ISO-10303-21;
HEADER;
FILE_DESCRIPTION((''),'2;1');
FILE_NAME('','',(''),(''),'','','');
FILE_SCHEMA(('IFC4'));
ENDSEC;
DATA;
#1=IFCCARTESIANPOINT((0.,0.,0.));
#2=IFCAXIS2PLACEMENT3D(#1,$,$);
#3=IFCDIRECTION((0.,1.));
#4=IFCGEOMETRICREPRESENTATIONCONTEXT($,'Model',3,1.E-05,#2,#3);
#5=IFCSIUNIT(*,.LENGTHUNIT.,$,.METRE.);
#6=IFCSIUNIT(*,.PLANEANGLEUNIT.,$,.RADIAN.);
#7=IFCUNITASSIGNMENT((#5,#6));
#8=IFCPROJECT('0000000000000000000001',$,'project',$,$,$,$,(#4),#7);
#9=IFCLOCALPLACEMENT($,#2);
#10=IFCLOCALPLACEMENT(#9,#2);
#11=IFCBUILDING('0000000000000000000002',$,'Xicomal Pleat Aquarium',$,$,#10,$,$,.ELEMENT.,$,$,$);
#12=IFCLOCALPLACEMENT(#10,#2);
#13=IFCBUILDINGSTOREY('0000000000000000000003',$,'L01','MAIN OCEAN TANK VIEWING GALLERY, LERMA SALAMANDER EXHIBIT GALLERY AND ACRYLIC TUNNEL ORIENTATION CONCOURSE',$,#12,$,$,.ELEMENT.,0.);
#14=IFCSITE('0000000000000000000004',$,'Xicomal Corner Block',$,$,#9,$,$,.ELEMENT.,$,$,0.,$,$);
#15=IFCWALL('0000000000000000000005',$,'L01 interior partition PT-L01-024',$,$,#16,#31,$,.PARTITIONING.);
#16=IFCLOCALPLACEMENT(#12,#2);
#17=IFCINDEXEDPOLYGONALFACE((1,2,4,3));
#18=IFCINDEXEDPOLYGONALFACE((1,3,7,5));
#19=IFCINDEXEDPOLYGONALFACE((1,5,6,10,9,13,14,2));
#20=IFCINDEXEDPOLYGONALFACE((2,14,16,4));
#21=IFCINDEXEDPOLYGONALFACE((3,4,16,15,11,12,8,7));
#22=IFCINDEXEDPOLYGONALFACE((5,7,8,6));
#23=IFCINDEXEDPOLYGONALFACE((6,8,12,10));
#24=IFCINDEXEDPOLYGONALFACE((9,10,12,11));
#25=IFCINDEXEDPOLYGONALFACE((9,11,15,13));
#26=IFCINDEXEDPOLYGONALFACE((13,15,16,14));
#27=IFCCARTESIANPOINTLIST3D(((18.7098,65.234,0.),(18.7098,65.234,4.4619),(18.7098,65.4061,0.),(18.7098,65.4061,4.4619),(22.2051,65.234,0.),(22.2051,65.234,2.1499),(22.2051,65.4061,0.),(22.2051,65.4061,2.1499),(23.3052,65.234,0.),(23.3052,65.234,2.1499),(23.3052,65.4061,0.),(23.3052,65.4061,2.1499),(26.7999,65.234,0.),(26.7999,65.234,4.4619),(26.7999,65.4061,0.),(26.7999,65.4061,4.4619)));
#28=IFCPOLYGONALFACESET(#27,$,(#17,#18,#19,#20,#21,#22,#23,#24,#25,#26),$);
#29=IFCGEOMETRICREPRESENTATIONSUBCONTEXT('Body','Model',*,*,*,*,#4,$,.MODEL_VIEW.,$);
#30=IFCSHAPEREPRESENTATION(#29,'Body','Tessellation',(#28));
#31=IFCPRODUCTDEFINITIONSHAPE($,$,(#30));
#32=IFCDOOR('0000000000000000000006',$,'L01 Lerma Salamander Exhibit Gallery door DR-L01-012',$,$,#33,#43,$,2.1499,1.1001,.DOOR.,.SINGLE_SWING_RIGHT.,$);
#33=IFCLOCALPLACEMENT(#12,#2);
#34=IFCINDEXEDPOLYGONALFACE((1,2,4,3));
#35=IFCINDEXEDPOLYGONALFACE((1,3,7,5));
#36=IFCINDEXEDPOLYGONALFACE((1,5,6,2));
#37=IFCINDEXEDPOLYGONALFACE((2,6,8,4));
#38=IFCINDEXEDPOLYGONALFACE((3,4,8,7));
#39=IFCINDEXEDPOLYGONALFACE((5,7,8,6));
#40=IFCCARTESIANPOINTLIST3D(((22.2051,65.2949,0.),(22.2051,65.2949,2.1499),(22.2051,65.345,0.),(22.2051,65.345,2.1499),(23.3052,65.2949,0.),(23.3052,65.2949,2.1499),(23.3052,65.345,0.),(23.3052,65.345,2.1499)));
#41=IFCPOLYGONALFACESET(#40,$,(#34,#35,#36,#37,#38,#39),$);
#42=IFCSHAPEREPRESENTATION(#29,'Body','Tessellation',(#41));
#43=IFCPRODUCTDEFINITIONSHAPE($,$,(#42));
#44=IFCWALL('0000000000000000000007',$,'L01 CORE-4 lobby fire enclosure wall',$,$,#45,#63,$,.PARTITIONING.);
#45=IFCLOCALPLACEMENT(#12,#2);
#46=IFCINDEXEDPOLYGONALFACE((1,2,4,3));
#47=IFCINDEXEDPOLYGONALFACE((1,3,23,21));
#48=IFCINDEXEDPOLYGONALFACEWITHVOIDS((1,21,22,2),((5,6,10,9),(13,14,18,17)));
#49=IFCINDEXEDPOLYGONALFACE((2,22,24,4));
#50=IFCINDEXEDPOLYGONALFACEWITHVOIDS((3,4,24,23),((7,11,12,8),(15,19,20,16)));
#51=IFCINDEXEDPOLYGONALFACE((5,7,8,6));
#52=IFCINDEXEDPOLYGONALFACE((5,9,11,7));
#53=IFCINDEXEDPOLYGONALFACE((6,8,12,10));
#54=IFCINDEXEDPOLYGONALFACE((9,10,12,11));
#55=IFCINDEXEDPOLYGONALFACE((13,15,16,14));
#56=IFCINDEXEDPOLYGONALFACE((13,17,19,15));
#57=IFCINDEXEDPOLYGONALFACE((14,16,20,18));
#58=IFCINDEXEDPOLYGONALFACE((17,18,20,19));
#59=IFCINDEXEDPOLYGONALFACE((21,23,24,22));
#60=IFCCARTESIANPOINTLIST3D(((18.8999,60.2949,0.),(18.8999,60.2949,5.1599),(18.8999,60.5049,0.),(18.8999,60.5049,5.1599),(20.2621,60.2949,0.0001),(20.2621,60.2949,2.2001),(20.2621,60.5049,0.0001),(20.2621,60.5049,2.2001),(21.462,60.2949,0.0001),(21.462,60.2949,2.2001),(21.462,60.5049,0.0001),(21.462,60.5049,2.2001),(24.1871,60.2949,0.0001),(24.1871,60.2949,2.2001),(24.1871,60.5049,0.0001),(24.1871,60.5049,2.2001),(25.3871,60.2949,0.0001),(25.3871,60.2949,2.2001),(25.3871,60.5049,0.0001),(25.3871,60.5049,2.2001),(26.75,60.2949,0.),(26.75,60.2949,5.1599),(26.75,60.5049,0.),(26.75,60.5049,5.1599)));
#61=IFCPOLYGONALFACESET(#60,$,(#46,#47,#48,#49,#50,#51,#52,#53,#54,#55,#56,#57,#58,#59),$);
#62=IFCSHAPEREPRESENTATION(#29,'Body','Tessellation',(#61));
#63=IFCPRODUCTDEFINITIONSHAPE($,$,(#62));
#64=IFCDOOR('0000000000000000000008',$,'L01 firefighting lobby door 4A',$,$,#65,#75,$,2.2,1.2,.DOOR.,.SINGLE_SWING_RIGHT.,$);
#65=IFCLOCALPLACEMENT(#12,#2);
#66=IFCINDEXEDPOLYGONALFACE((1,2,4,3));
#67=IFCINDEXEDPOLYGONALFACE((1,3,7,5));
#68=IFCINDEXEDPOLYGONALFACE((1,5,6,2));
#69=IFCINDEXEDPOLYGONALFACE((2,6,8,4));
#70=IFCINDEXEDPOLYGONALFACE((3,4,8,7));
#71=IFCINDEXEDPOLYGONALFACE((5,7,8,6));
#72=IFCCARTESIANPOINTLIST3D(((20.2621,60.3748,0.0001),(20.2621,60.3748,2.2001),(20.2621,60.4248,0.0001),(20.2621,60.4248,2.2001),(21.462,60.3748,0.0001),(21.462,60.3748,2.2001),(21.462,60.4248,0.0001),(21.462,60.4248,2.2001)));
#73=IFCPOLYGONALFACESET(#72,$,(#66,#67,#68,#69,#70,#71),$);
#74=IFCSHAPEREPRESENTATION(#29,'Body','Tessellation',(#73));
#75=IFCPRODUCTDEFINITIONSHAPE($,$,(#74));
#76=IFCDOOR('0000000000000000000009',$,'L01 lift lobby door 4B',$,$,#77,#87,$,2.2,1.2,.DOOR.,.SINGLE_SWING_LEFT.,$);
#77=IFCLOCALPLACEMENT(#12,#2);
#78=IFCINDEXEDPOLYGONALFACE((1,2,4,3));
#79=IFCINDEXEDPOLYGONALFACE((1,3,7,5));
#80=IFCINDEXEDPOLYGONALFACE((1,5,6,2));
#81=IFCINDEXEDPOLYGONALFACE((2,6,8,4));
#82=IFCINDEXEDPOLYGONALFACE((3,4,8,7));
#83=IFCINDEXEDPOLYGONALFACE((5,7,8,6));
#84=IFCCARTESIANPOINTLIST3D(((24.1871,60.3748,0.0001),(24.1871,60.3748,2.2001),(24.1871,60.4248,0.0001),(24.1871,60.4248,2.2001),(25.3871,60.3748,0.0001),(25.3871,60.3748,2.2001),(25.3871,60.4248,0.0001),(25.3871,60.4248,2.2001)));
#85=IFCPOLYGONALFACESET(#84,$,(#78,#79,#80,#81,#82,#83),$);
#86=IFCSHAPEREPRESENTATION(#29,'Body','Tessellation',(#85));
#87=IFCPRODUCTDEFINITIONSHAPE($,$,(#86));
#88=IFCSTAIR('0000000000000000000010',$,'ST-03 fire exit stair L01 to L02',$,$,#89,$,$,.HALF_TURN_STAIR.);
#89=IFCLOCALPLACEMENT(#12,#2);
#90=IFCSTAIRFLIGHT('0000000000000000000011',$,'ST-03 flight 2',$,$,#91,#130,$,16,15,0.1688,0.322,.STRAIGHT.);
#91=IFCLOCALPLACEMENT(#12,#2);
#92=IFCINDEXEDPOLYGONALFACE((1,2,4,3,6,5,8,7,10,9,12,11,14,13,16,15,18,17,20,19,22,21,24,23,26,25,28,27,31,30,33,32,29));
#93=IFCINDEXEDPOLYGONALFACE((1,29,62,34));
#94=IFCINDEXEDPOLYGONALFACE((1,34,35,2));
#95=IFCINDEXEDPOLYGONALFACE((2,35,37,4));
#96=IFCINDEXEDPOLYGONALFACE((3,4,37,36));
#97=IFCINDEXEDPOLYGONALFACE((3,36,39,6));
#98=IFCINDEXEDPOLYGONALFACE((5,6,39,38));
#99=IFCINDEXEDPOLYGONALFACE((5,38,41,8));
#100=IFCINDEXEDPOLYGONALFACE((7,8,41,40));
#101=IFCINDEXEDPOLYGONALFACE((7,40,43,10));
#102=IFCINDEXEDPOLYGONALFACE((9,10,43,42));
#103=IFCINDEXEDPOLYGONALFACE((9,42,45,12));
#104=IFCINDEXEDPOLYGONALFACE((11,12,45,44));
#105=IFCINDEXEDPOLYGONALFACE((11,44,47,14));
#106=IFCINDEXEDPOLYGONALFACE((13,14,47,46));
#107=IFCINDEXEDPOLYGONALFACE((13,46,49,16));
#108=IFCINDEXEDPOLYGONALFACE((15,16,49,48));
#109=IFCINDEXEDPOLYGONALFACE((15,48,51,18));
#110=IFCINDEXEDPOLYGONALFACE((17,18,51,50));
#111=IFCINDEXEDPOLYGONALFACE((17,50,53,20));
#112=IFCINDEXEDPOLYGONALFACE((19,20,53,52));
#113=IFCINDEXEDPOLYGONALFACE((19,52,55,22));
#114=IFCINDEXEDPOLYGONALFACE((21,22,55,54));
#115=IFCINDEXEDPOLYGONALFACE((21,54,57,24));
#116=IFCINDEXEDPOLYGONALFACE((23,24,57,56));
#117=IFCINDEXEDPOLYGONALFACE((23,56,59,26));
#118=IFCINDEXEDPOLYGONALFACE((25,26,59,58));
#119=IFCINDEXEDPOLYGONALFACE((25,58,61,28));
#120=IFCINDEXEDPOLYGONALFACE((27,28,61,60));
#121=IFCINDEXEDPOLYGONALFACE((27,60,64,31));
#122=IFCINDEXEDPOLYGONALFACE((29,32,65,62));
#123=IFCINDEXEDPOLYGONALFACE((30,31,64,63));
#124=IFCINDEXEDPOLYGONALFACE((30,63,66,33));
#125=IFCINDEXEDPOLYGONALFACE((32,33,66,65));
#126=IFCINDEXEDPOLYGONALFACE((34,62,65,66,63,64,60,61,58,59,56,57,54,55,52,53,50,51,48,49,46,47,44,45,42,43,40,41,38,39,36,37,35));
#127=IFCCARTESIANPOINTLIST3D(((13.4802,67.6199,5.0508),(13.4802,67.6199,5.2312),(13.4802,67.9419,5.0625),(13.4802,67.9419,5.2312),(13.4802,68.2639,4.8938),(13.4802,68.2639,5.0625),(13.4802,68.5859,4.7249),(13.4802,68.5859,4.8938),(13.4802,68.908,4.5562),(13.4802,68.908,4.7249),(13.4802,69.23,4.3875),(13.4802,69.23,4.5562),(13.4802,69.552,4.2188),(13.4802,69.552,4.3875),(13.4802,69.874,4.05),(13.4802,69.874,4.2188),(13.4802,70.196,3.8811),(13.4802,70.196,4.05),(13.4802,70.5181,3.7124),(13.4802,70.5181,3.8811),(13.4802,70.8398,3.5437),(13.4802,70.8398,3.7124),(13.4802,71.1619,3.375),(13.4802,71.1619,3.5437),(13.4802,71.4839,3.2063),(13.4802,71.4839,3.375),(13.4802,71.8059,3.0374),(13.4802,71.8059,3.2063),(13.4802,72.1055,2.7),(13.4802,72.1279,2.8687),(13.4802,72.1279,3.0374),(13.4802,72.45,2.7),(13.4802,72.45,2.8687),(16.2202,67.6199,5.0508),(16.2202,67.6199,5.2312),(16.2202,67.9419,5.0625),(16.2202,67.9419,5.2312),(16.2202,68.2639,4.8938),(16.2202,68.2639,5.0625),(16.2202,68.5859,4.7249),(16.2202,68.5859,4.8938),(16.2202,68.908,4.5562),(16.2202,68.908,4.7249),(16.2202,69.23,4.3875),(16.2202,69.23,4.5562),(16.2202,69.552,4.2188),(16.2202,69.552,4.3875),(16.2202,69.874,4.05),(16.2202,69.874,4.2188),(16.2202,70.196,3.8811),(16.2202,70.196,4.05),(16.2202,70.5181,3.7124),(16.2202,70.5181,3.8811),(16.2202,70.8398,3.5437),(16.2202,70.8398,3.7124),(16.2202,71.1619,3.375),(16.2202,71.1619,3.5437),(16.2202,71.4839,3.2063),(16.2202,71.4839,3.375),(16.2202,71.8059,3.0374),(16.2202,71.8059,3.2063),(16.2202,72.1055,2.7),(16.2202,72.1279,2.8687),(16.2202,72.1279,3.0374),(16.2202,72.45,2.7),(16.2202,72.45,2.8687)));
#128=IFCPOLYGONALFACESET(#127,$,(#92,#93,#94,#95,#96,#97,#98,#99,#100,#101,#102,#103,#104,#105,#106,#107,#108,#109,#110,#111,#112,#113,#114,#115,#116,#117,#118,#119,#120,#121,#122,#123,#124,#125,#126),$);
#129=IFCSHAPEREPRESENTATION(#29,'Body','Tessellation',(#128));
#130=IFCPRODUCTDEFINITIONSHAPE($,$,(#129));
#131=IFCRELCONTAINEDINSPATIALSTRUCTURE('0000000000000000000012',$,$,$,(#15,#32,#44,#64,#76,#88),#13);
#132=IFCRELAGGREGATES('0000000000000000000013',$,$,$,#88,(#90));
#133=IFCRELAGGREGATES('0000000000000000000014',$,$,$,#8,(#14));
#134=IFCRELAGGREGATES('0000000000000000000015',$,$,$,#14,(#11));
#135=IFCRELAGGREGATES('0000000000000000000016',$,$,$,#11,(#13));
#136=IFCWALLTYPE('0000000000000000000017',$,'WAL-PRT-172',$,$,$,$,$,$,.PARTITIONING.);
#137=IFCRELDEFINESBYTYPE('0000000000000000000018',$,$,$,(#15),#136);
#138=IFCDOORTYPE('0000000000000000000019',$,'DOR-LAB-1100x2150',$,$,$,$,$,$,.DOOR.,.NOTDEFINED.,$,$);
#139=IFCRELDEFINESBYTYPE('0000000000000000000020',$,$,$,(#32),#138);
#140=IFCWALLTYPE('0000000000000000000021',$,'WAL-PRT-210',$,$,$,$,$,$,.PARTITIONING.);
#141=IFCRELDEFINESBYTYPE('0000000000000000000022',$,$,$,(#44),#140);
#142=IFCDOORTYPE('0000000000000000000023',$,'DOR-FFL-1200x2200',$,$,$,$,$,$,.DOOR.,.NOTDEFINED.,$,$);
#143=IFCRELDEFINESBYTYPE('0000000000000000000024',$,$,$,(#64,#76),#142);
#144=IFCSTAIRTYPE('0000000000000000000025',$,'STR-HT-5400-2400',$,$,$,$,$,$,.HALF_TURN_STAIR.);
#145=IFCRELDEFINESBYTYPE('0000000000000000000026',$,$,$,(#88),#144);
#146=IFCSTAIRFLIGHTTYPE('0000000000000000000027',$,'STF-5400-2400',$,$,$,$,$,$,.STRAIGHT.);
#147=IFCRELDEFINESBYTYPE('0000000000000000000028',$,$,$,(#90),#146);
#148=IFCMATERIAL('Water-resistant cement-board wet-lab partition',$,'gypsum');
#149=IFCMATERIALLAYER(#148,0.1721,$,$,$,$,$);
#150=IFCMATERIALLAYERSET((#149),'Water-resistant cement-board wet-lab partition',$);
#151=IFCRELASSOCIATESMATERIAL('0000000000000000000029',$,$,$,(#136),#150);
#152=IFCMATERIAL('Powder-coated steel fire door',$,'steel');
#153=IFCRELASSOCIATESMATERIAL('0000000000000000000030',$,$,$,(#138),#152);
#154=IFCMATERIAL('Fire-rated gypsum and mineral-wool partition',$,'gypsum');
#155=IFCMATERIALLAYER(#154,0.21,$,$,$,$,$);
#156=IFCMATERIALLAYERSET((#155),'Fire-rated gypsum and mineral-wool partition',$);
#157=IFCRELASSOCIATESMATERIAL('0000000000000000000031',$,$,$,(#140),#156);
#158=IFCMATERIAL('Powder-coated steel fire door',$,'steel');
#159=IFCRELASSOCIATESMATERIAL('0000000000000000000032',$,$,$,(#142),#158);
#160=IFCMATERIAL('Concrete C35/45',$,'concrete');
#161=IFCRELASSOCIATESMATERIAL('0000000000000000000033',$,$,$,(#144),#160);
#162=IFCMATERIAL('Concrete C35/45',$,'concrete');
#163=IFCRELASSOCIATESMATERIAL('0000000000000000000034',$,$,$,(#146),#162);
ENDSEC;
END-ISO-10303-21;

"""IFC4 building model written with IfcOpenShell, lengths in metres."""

from ifc_helpers import new_model, si_unit, direction, frame, frame_2d, origin, place, context, subcontext, project, spatial, polyline, rectangle, outline, extrude, material, layer, layer_set, type_object, element, fill, aggregate, save


model = new_model("IFC4")

# Units and contexts
model_context = context("Model", 3, precision=1e-05, world=origin(), true_north=direction((0.0, 1.0)))
body_context = subcontext(model_context, "Body", "Model", "MODEL_VIEW")
ifc_project = project(units=[si_unit("LENGTHUNIT", "METRE"), si_unit("PLANEANGLEUNIT", "RADIAN")], contexts=[model_context])

# Site, building, storey
site_placement = place(None, origin())
site = spatial("IfcSite", under=ifc_project, at=site_placement, Name="Xicomal Corner Block", CompositionType="ELEMENT", RefElevation=0.0)
building_placement = place(site_placement, origin())
building = spatial("IfcBuilding", under=site, at=building_placement, Name="Xicomal Pleat Aquarium", CompositionType="ELEMENT")
storey_placement = place(building_placement, origin())
storey = spatial("IfcBuildingStorey", under=building, at=storey_placement, Name="L01", Description="MAIN OCEAN TANK VIEWING GALLERY, LERMA SALAMANDER EXHIBIT GALLERY AND ACRYLIC TUNNEL ORIENTATION CONCOURSE", CompositionType="ELEMENT", Elevation=0.0)

# Wall, opening, door
ifc_material_1 = material(Name="Water-resistant cement-board wet-lab partition", Category="gypsum")
ifc_layer_1 = layer(ifc_material_1, 0.1721)
ifc_layer_set_1 = layer_set([ifc_layer_1], Name="Water-resistant cement-board wet-lab partition")
wall_type_1 = type_object("IfcWallType", Name="WAL-PRT-172", PredefinedType="PARTITIONING", material=ifc_layer_set_1)
wall_1_placement = place(storey_placement, frame((18.71, 65.3201, 0.0), z_axis=(0.0, 0.0, 1.0), x_axis=(1.0, 0.0, 0.0)))
wall_1 = element("IfcWall", 1, at=wall_1_placement, inside=storey, type_object=wall_type_1, Name="L01 interior partition PT-L01-024", PredefinedType="PARTITIONING", context=body_context, shape_type="SweptSolid", body=[
    extrude(rectangle(XDim=8.0901, YDim=0.1721, at=frame_2d((4.0449, 0.0))), origin(), (0.0, 0.0, 1.0), 4.4619),
])
opening_1_placement = place(wall_1_placement, frame((3.4951, 0.0, 0.0)))
opening_1 = element("IfcOpeningElement", 2, at=opening_1_placement, cuts=wall_1, PredefinedType="OPENING", context=body_context, shape_type="SweptSolid", body=[
    extrude(rectangle(XDim=1.1001, YDim=2.1499, at=frame_2d((0.55, 1.075))), frame((0.0, 0.0959, 0.0), z_axis=(0.0, -1.0, 0.0), x_axis=(1.0, 0.0, 0.0)), (0.0, 0.0, 1.0), 0.1921),
])
ifc_material_2 = material(Name="Powder-coated steel fire door", Category="steel")
door_type_1 = type_object("IfcDoorType", Name="DOR-LAB-1100x2150", OperationType="NOTDEFINED", PredefinedType="DOOR", material=ifc_material_2)
door_1_placement = place(opening_1_placement, origin())
door_1 = element("IfcDoor", 3, at=door_1_placement, inside=storey, type_object=door_type_1, Name="L01 Lerma Salamander Exhibit Gallery door DR-L01-012", OperationType="SINGLE_SWING_RIGHT", OverallHeight=2.1499, OverallWidth=1.1001, PredefinedType="DOOR", context=body_context, shape_type="SweptSolid", body=[
    extrude(rectangle(XDim=1.1001, YDim=2.1499, at=frame_2d((0.55, 1.075))), frame((0.0, 0.0249, 0.0), z_axis=(0.0, -1.0, 0.0), x_axis=(1.0, 0.0, 0.0)), (0.0, 0.0, 1.0), 0.05),
])
fill(opening_1, door_1)

# Wall, openings, doors
ifc_material_3 = material(Name="Fire-rated gypsum and mineral-wool partition", Category="gypsum")
ifc_layer_2 = layer(ifc_material_3, 0.21)
ifc_layer_set_2 = layer_set([ifc_layer_2], Name="Fire-rated gypsum and mineral-wool partition")
wall_type_2 = type_object("IfcWallType", Name="WAL-PRT-210", PredefinedType="PARTITIONING", material=ifc_layer_set_2)
wall_2_placement = place(storey_placement, frame((18.8999, 60.3999, 0.0), z_axis=(0.0, 0.0, 1.0), x_axis=(1.0, 0.0, 0.0)))
wall_2 = element("IfcWall", 4, at=wall_2_placement, inside=storey, type_object=wall_type_2, Name="L01 CORE-4 lobby fire enclosure wall", PredefinedType="PARTITIONING", context=body_context, shape_type="SweptSolid", body=[
    extrude(rectangle(XDim=7.8501, YDim=0.21, at=frame_2d((3.925, 0.0))), origin(), (0.0, 0.0, 1.0), 5.1599),
])
opening_2_placement = place(wall_2_placement, frame((1.3621, 0.0, 0.0)))
opening_2 = element("IfcOpeningElement", 5, at=opening_2_placement, cuts=wall_2, PredefinedType="OPENING", context=body_context, shape_type="SweptSolid", body=[
    extrude(rectangle(XDim=1.2, YDim=2.2, at=frame_2d((0.6001, 1.1001))), frame((0.0, 0.115, 0.0), z_axis=(0.0, -1.0, 0.0), x_axis=(1.0, 0.0, 0.0)), (0.0, 0.0, 1.0), 0.23),
])
opening_3_placement = place(wall_2_placement, frame((5.2871, 0.0, 0.0)))
opening_3 = element("IfcOpeningElement", 6, at=opening_3_placement, cuts=wall_2, PredefinedType="OPENING", context=body_context, shape_type="SweptSolid", body=[
    extrude(rectangle(XDim=1.2, YDim=2.2, at=frame_2d((0.6001, 1.1001))), frame((0.0, 0.115, 0.0), z_axis=(0.0, -1.0, 0.0), x_axis=(1.0, 0.0, 0.0)), (0.0, 0.0, 1.0), 0.23),
])
ifc_material_4 = material(Name="Powder-coated steel fire door", Category="steel")
door_type_2 = type_object("IfcDoorType", Name="DOR-FFL-1200x2200", OperationType="NOTDEFINED", PredefinedType="DOOR", material=ifc_material_4)
door_2_placement = place(opening_2_placement, origin())
door_2 = element("IfcDoor", 7, at=door_2_placement, inside=storey, type_object=door_type_2, Name="L01 firefighting lobby door 4A", OperationType="SINGLE_SWING_RIGHT", OverallHeight=2.2, OverallWidth=1.2, PredefinedType="DOOR", context=body_context, shape_type="SweptSolid", body=[
    extrude(rectangle(XDim=1.2, YDim=2.2, at=frame_2d((0.6001, 1.1001))), frame((0.0, 0.0249, 0.0), z_axis=(0.0, -1.0, 0.0), x_axis=(1.0, 0.0, 0.0)), (0.0, 0.0, 1.0), 0.05),
])
fill(opening_2, door_2)
door_3_placement = place(opening_3_placement, origin())
door_3 = element("IfcDoor", 8, at=door_3_placement, inside=storey, type_object=door_type_2, Name="L01 lift lobby door 4B", OperationType="SINGLE_SWING_LEFT", OverallHeight=2.2, OverallWidth=1.2, PredefinedType="DOOR", context=body_context, shape_type="SweptSolid", body=[
    extrude(rectangle(XDim=1.2, YDim=2.2, at=frame_2d((0.6001, 1.1001))), frame((0.0, 0.0249, 0.0), z_axis=(0.0, -1.0, 0.0), x_axis=(1.0, 0.0, 0.0)), (0.0, 0.0, 1.0), 0.05),
])
fill(opening_3, door_3)

# Stair, stair flight
ifc_material_5 = material(Name="Concrete C35/45", Category="concrete")
stair_type = type_object("IfcStairType", Name="STR-HT-5400-2400", PredefinedType="HALF_TURN_STAIR", material=ifc_material_5)
stair_placement = place(storey_placement, origin())
stair = element("IfcStair", 9, at=stair_placement, inside=storey, type_object=stair_type, Name="ST-03 fire exit stair L01 to L02", PredefinedType="HALF_TURN_STAIR")
ifc_material_6 = material(Name="Concrete C35/45", Category="concrete")
stair_flight_type = type_object("IfcStairFlightType", Name="STF-5400-2400", PredefinedType="STRAIGHT", material=ifc_material_6)
stair_flight_placement = place(storey_placement, frame((14.8501, 72.45, 2.7), z_axis=(0.0, 0.0, 1.0), x_axis=(0.0, -1.0, 0.0)))
stair_flight = element("IfcStairFlight", 10, at=stair_flight_placement, type_object=stair_flight_type, Name="ST-03 flight 2", NumberOfRisers=16, NumberOfTreads=15, PredefinedType="STRAIGHT", RiserHeight=0.1688, TreadLength=0.322, context=body_context, shape_type="SweptSolid", body=[
    extrude(outline(polyline([(0.0, 0.0), (0.0, 0.1687), (0.322, 0.1687), (0.322, 0.3374), (0.644, 0.3374), (0.644, 0.5063), (0.9661, 0.5063), (0.9661, 0.675), (1.2881, 0.675), (1.2881, 0.8438), (1.6101, 0.8438), (1.6101, 1.0125), (1.9319, 1.0125), (1.9319, 1.1812), (2.2539, 1.1812), (2.2539, 1.3501), (2.5759, 1.3501), (2.5759, 1.5188), (2.8979, 1.5188), (2.8979, 1.6875), (3.22, 1.6875), (3.22, 1.8562), (3.542, 1.8562), (3.542, 2.0249), (3.864, 2.0249), (3.864, 2.1938), (4.186, 2.1938), (4.186, 2.3625), (4.5081, 2.3625), (4.5081, 2.5312), (4.8301, 2.5312), (4.8301, 2.7), (4.8301, 2.3508), (0.3445, 0.0), (0.0, 0.0)])), frame((0.0, 1.3701, 0.0), z_axis=(0.0, -1.0, 0.0), x_axis=(1.0, 0.0, 0.0)), (0.0, 0.0, 1.0), 2.74),
])
aggregate(stair, [stair_flight])

save(model, "model.ifc")
